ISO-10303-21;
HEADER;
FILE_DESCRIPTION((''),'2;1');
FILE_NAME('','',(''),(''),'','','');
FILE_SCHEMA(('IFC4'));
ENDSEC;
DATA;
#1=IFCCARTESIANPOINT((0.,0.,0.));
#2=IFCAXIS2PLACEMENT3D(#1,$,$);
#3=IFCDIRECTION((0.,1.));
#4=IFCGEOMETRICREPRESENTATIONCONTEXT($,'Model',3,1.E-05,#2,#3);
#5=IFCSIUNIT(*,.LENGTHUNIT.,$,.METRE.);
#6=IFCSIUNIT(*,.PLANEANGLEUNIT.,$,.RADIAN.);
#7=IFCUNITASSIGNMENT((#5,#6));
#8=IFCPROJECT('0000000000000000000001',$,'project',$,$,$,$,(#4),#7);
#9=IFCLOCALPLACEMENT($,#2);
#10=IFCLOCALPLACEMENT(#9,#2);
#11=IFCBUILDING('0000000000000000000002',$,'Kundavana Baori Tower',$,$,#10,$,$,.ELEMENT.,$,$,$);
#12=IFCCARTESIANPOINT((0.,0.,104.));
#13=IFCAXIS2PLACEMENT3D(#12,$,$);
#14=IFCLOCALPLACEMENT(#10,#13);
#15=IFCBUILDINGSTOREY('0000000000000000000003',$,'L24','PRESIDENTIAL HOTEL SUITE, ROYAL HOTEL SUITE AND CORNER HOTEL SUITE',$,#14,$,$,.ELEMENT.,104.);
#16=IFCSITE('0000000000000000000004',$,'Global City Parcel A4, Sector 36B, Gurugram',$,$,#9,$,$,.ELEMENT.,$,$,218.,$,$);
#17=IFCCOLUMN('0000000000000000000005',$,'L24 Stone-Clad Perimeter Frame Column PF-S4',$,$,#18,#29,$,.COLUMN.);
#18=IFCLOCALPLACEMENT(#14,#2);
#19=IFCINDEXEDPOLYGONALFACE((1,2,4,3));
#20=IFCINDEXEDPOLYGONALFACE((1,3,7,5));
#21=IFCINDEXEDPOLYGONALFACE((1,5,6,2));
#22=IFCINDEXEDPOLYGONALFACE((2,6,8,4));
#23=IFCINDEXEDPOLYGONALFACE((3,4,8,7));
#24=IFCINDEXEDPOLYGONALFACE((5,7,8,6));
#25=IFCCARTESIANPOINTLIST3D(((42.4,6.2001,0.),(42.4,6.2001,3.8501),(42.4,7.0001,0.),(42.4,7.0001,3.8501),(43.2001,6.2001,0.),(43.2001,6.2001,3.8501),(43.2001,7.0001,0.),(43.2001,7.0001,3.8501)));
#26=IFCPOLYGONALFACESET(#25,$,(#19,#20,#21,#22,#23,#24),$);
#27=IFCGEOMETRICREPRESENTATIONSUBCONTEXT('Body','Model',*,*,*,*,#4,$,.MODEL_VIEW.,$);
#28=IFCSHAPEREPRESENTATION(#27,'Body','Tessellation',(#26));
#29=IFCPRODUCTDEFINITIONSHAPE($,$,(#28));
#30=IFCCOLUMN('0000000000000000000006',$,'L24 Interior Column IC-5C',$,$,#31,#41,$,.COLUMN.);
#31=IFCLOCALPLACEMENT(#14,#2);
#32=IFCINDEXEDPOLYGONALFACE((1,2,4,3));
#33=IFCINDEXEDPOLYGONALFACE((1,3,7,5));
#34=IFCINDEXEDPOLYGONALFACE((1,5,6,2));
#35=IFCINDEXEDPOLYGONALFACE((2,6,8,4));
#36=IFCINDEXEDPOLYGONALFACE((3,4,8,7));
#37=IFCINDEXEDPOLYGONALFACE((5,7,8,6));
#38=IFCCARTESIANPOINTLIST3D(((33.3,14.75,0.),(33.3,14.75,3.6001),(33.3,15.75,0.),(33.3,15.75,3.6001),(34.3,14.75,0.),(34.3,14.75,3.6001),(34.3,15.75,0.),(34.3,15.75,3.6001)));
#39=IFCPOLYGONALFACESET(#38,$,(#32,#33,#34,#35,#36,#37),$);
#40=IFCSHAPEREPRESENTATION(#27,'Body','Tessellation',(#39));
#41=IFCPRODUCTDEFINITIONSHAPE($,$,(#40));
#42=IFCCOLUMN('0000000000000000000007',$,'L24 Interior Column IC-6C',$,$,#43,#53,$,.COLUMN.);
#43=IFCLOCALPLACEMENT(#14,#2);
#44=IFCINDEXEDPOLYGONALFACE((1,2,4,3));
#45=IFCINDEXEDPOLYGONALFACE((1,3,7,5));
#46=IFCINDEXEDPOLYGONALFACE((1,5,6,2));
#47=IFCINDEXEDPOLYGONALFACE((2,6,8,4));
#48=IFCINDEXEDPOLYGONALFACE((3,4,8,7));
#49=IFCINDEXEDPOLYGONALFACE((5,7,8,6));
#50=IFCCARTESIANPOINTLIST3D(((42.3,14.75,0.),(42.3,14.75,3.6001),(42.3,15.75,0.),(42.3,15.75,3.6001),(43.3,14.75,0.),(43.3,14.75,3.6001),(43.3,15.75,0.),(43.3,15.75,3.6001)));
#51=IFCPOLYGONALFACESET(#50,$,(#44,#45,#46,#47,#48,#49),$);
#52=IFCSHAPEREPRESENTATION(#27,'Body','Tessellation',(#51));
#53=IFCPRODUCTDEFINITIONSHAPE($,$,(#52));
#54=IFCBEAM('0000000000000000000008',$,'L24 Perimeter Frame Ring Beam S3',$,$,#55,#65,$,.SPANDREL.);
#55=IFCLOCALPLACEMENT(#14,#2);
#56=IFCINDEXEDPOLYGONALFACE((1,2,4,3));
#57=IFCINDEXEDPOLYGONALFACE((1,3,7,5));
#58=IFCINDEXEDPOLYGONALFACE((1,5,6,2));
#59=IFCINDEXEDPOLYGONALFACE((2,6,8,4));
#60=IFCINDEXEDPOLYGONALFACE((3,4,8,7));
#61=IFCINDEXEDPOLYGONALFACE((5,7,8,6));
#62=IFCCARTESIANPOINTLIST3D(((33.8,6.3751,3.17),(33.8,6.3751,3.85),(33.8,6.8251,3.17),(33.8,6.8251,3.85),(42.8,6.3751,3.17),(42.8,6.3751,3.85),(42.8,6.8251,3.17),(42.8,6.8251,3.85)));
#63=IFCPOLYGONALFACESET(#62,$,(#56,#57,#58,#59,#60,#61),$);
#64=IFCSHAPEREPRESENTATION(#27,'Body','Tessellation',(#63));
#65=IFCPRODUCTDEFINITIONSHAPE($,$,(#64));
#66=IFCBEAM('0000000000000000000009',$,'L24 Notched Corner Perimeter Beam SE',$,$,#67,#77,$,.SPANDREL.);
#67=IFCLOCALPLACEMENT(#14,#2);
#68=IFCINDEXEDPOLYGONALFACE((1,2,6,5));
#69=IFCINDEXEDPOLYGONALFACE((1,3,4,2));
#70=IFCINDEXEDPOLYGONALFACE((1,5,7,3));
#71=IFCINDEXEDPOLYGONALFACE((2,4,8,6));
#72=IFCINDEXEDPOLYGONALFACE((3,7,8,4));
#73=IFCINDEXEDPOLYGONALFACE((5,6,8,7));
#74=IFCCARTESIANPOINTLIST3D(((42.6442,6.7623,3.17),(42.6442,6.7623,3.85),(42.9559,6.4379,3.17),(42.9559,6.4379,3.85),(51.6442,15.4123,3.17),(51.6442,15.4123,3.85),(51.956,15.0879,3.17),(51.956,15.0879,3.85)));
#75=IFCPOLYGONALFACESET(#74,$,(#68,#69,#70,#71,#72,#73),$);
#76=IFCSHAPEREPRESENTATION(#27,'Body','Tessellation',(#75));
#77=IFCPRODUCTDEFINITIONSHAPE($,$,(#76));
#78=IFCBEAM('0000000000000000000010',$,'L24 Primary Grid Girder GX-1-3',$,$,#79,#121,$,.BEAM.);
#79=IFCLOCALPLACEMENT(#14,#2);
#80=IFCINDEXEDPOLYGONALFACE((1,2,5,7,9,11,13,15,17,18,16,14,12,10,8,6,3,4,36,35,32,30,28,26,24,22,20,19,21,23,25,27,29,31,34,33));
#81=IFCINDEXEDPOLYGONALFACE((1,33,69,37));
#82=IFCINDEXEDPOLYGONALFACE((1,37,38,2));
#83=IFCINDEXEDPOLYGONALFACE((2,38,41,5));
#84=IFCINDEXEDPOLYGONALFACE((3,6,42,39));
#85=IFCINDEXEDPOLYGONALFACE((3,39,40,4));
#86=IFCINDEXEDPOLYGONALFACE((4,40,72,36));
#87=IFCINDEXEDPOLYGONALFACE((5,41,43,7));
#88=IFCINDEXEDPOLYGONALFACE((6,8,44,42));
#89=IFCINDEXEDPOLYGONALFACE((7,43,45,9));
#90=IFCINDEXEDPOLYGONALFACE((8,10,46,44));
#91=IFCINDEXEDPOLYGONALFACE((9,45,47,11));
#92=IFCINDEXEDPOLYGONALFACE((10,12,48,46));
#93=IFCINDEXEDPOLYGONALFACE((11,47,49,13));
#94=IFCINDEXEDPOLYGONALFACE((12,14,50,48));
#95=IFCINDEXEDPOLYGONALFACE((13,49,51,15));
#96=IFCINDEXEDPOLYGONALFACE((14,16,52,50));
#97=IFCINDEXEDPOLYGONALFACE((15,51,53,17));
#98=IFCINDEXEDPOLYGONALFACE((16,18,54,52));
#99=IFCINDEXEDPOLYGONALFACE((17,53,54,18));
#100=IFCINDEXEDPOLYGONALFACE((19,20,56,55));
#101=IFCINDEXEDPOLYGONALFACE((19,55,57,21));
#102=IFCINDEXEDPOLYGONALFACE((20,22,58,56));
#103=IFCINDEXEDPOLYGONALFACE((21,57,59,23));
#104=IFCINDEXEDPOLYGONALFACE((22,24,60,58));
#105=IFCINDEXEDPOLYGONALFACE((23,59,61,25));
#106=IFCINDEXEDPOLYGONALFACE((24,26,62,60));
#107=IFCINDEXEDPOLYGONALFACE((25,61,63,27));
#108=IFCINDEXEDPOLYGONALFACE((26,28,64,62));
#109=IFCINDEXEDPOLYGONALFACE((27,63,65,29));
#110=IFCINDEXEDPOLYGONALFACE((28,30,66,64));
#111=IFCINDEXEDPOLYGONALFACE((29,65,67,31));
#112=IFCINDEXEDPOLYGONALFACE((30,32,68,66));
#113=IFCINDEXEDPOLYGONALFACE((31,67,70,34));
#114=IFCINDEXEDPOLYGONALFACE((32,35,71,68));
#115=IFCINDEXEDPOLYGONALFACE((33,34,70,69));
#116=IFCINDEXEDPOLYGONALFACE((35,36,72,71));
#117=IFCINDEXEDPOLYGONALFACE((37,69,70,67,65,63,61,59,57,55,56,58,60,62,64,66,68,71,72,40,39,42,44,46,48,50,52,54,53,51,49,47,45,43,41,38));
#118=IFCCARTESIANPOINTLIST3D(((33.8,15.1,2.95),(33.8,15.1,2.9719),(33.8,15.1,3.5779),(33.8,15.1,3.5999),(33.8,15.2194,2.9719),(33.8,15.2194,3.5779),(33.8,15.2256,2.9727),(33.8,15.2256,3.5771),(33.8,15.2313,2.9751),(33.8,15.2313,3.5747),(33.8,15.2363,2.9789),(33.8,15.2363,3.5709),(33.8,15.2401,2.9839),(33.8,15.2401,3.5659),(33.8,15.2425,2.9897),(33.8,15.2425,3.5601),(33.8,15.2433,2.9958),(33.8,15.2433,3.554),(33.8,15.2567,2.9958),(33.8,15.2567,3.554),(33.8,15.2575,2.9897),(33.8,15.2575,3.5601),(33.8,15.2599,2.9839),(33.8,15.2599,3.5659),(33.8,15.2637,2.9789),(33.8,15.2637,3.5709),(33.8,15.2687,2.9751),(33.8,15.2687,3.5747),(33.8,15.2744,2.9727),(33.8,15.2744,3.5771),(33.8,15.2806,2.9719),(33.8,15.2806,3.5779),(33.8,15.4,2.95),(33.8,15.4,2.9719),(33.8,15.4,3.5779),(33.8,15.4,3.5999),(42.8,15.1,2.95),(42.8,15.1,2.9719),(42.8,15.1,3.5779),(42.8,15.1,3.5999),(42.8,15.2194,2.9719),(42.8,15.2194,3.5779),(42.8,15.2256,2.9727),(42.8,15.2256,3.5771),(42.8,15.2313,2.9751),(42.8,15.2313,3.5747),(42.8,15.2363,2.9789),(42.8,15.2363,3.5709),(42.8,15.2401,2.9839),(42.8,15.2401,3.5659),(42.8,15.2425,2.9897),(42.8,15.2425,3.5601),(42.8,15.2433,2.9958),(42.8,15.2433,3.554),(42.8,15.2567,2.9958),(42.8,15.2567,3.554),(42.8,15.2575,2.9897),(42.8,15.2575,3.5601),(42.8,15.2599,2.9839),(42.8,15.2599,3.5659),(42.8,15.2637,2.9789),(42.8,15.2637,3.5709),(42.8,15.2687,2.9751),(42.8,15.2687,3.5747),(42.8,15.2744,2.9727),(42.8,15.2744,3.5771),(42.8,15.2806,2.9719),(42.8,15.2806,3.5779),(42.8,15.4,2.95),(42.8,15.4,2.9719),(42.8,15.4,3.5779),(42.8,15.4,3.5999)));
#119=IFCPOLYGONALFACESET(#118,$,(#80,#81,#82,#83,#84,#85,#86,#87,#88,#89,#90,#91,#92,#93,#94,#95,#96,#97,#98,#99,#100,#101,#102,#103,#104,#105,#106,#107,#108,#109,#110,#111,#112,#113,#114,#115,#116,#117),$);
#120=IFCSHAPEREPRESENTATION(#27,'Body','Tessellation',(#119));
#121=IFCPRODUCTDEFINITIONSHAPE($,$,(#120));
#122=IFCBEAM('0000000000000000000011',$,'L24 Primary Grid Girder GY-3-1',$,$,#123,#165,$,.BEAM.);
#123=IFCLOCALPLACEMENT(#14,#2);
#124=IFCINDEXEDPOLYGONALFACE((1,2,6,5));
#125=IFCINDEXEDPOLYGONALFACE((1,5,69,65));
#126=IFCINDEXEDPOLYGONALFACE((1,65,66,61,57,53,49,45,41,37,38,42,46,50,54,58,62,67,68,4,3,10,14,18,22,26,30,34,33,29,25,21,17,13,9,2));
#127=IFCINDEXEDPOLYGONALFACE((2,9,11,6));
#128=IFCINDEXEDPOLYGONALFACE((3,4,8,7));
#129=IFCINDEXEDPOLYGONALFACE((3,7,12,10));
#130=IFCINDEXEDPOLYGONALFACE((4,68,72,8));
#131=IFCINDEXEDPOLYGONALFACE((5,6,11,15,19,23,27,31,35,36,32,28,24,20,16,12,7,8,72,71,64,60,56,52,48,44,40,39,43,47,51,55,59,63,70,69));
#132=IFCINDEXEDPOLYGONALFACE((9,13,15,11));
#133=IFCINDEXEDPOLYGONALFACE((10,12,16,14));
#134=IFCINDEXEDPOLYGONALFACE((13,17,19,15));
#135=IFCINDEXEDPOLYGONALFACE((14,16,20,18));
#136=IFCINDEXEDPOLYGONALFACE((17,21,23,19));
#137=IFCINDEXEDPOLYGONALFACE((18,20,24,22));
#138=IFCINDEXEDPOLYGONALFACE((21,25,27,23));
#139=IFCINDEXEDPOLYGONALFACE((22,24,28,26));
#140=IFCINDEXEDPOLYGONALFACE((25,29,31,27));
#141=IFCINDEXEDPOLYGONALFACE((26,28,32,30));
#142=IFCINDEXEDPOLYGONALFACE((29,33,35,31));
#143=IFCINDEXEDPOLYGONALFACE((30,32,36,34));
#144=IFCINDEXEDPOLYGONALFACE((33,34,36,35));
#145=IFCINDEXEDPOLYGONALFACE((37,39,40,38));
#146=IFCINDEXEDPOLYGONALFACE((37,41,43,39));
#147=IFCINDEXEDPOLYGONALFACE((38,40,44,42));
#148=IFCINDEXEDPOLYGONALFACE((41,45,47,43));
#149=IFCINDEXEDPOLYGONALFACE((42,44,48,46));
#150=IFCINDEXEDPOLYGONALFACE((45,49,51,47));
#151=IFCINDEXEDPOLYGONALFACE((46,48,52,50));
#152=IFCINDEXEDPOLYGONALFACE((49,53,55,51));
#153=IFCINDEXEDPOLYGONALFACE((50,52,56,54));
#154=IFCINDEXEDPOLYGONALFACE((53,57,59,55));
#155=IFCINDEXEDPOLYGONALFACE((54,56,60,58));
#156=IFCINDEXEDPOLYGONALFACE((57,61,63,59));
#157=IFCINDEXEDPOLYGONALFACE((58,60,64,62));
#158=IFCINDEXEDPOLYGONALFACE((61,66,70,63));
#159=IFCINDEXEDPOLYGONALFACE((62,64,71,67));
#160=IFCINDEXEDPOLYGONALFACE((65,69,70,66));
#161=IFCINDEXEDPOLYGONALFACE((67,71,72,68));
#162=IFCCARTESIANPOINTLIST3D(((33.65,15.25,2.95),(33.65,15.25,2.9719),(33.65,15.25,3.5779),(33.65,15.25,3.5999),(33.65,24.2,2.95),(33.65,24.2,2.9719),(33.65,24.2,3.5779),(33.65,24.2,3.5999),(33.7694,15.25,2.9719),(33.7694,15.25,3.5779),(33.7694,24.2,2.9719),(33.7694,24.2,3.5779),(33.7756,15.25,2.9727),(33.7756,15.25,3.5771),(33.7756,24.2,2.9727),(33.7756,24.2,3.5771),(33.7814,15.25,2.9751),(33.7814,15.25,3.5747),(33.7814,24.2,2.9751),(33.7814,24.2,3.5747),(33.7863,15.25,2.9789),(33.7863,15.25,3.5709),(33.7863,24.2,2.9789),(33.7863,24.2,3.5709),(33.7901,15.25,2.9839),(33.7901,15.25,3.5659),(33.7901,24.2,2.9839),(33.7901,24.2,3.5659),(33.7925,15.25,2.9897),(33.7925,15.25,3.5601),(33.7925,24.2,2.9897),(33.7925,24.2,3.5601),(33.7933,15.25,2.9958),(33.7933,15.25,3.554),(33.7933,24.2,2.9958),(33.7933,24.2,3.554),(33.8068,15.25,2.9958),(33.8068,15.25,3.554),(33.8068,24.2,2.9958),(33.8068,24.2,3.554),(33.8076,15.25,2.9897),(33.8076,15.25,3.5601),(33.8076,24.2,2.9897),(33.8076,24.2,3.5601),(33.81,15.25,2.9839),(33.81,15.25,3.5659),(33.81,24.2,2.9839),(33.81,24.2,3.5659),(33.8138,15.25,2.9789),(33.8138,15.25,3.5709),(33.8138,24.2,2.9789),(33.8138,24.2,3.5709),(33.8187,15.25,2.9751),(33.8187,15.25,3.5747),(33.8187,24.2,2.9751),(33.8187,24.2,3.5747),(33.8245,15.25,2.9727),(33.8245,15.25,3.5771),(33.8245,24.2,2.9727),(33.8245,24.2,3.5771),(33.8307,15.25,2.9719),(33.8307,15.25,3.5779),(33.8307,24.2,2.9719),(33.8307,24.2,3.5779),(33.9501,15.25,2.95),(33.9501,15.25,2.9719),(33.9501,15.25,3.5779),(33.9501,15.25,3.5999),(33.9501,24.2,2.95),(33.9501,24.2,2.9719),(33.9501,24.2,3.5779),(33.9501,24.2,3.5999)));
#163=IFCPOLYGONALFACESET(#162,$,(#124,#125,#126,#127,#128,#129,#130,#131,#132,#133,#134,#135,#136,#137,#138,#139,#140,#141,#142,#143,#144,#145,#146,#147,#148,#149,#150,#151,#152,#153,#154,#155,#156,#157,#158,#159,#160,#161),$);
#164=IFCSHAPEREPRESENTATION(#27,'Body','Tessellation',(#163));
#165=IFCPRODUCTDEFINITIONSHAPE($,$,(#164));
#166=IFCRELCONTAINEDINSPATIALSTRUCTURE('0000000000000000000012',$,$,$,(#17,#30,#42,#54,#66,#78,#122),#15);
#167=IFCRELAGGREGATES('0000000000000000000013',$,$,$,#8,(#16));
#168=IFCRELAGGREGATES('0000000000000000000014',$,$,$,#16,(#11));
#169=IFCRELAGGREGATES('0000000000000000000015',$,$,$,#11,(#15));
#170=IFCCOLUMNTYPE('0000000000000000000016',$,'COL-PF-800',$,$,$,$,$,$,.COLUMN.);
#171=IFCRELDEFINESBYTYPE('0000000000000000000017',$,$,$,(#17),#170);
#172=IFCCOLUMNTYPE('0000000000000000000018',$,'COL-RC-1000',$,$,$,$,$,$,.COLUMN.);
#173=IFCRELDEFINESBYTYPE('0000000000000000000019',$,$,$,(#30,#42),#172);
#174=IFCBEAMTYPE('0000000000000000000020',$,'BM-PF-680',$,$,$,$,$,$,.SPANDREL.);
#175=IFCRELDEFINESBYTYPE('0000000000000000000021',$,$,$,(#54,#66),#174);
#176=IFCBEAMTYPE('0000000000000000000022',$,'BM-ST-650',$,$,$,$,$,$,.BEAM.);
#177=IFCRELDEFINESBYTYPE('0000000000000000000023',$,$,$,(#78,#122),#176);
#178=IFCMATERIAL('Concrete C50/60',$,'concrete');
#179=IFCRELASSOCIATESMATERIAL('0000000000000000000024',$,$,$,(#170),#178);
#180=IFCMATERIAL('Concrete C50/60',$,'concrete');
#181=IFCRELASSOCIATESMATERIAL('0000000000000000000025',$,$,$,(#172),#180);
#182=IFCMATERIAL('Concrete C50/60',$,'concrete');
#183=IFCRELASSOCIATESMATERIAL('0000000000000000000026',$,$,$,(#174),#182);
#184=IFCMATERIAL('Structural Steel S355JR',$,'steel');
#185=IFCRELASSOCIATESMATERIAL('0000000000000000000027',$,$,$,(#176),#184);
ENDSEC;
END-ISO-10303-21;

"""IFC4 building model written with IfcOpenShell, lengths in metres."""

from ifc_helpers import new_model, si_unit, direction, frame, origin, origin_2d, place, context, subcontext, project, spatial, rectangle, i_section, extrude, material, material_profile, profile_set, type_object, element, save


model = new_model("IFC4")

# Units and contexts
model_context = context("Model", 3, precision=1e-05, world=origin(), true_north=direction((0.0, 1.0)))
body_context = subcontext(model_context, "Body", "Model", "MODEL_VIEW")
ifc_project = project(units=[si_unit("LENGTHUNIT", "METRE"), si_unit("PLANEANGLEUNIT", "RADIAN")], contexts=[model_context])

# Site, building, storey
site_placement = place(None, origin())
site = spatial("IfcSite", under=ifc_project, at=site_placement, Name="Global City Parcel A4, Sector 36B, Gurugram", CompositionType="ELEMENT", RefElevation=218.0)
building_placement = place(site_placement, origin())
building = spatial("IfcBuilding", under=site, at=building_placement, Name="Kundavana Baori Tower", CompositionType="ELEMENT")
storey_placement = place(building_placement, frame((0.0, 0.0, 104.0)))
storey = spatial("IfcBuildingStorey", under=building, at=storey_placement, Name="L24", Description="PRESIDENTIAL HOTEL SUITE, ROYAL HOTEL SUITE AND CORNER HOTEL SUITE", CompositionType="ELEMENT", Elevation=104.0)

# Columns
ifc_material_1 = material(Name="Concrete C50/60", Category="concrete")
ifc_material_profile_1 = material_profile(ifc_material_1, rectangle(XDim=0.8, YDim=0.8, at=origin_2d()), Name="RC PF 800x800")
ifc_profile_set_1 = profile_set([ifc_material_profile_1], Name="Concrete C50/60")
column_type_1 = type_object("IfcColumnType", Name="COL-PF-800", PredefinedType="COLUMN", material=ifc_profile_set_1)
column_placement = place(storey_placement, frame((42.8, 6.6001, 0.0), z_axis=(0.0, 0.0, 1.0), x_axis=(1.0, 0.0, 0.0)))
element("IfcColumn", 1, at=column_placement, inside=storey, type_object=column_type_1, Name="L24 Stone-Clad Perimeter Frame Column PF-S4", PredefinedType="COLUMN", context=body_context, shape_type="SweptSolid", body=[
    extrude(rectangle(XDim=0.8, YDim=0.8, at=origin_2d()), origin(), (0.0, 0.0, 1.0), 3.8501),
])
ifc_material_2 = material(Name="Concrete C50/60", Category="concrete")
ifc_material_profile_2 = material_profile(ifc_material_2, rectangle(XDim=1.0, YDim=1.0, at=origin_2d()), Name="RC 1000x1000")
ifc_profile_set_2 = profile_set([ifc_material_profile_2], Name="Concrete C50/60")
column_type_2 = type_object("IfcColumnType", Name="COL-RC-1000", PredefinedType="COLUMN", material=ifc_profile_set_2)
for number, where, z_axis, x_axis, name in (
    (2, (33.8, 15.25, 0.0), (0.0, 0.0, 1.0), (1.0, 0.0, 0.0), "L24 Interior Column IC-5C"),
    (3, (42.8, 15.25, 0.0), (0.0, 0.0, 1.0), (1.0, 0.0, 0.0), "L24 Interior Column IC-6C"),
):
    element("IfcColumn", number, at=place(storey_placement, frame(where, z_axis=z_axis, x_axis=x_axis)), inside=storey, type_object=column_type_2, Name=name, PredefinedType="COLUMN", context=body_context, shape_type="SweptSolid", body=[
        extrude(rectangle(XDim=1.0, YDim=1.0, at=origin_2d()), origin(), (0.0, 0.0, 1.0), 3.6001),
    ])

# Beams
ifc_material_3 = material(Name="Concrete C50/60", Category="concrete")
ifc_material_profile_3 = material_profile(ifc_material_3, rectangle(XDim=0.45, YDim=0.6799, at=origin_2d()), Name="RC BM 450x680")
ifc_profile_set_3 = profile_set([ifc_material_profile_3], Name="Concrete C50/60")
beam_type_1 = type_object("IfcBeamType", Name="BM-PF-680", PredefinedType="SPANDREL", material=ifc_profile_set_3)
beam_1_placement = place(storey_placement, frame((33.8, 6.6001, 3.51), z_axis=(1.0, 0.0, 0.0), x_axis=(0.0, 1.0, 0.0)))
element("IfcBeam", 4, at=beam_1_placement, inside=storey, type_object=beam_type_1, Name="L24 Perimeter Frame Ring Beam S3", PredefinedType="SPANDREL", context=body_context, shape_type="SweptSolid", body=[
    extrude(rectangle(XDim=0.45, YDim=0.6799, at=origin_2d()), origin(), (0.0, 0.0, 1.0), 9.0),
])
beam_2_placement = place(storey_placement, frame((42.8, 6.6001, 3.51), z_axis=(0.720991, 0.692945, 0.0), x_axis=(-0.692945, 0.720991, 0.0)))
element("IfcBeam", 5, at=beam_2_placement, inside=storey, type_object=beam_type_1, Name="L24 Notched Corner Perimeter Beam SE", PredefinedType="SPANDREL", context=body_context, shape_type="SweptSolid", body=[
    extrude(rectangle(XDim=0.45, YDim=0.6799, at=origin_2d()), origin(), (0.0, 0.0, 1.0), 12.4829),
])
ifc_material_4 = material(Name="Structural Steel S355JR", Category="steel")
ifc_material_profile_4 = material_profile(ifc_material_4, i_section(OverallWidth=0.3, OverallDepth=0.6499, WebThickness=0.0134, FlangeThickness=0.022, FilletRadius=0.0239, at=origin_2d()), Name="NPB 650x300x155")
ifc_profile_set_4 = profile_set([ifc_material_profile_4], Name="Structural Steel S355JR")
beam_type_2 = type_object("IfcBeamType", Name="BM-ST-650", PredefinedType="BEAM", material=ifc_profile_set_4)
beam_3_placement = place(storey_placement, frame((33.8, 15.25, 3.2749), z_axis=(1.0, 0.0, 0.0), x_axis=(0.0, 1.0, 0.0)))
element("IfcBeam", 6, at=beam_3_placement, inside=storey, type_object=beam_type_2, Name="L24 Primary Grid Girder GX-1-3", PredefinedType="BEAM", context=body_context, shape_type="SweptSolid", body=[
    extrude(i_section(OverallWidth=0.3, OverallDepth=0.6499, WebThickness=0.0134, FlangeThickness=0.022, FilletRadius=0.0239, at=origin_2d()), origin(), (0.0, 0.0, 1.0), 9.0),
])
beam_4_placement = place(storey_placement, frame((33.8, 15.25, 3.2749), z_axis=(0.0, 1.0, 0.0), x_axis=(-1.0, 0.0, 0.0)))
element("IfcBeam", 7, at=beam_4_placement, inside=storey, type_object=beam_type_2, Name="L24 Primary Grid Girder GY-3-1", PredefinedType="BEAM", context=body_context, shape_type="SweptSolid", body=[
    extrude(i_section(OverallWidth=0.3, OverallDepth=0.6499, WebThickness=0.0134, FlangeThickness=0.022, FilletRadius=0.0239, at=origin_2d()), origin(), (0.0, 0.0, 1.0), 8.95),
])

save(model, "model.ifc")
